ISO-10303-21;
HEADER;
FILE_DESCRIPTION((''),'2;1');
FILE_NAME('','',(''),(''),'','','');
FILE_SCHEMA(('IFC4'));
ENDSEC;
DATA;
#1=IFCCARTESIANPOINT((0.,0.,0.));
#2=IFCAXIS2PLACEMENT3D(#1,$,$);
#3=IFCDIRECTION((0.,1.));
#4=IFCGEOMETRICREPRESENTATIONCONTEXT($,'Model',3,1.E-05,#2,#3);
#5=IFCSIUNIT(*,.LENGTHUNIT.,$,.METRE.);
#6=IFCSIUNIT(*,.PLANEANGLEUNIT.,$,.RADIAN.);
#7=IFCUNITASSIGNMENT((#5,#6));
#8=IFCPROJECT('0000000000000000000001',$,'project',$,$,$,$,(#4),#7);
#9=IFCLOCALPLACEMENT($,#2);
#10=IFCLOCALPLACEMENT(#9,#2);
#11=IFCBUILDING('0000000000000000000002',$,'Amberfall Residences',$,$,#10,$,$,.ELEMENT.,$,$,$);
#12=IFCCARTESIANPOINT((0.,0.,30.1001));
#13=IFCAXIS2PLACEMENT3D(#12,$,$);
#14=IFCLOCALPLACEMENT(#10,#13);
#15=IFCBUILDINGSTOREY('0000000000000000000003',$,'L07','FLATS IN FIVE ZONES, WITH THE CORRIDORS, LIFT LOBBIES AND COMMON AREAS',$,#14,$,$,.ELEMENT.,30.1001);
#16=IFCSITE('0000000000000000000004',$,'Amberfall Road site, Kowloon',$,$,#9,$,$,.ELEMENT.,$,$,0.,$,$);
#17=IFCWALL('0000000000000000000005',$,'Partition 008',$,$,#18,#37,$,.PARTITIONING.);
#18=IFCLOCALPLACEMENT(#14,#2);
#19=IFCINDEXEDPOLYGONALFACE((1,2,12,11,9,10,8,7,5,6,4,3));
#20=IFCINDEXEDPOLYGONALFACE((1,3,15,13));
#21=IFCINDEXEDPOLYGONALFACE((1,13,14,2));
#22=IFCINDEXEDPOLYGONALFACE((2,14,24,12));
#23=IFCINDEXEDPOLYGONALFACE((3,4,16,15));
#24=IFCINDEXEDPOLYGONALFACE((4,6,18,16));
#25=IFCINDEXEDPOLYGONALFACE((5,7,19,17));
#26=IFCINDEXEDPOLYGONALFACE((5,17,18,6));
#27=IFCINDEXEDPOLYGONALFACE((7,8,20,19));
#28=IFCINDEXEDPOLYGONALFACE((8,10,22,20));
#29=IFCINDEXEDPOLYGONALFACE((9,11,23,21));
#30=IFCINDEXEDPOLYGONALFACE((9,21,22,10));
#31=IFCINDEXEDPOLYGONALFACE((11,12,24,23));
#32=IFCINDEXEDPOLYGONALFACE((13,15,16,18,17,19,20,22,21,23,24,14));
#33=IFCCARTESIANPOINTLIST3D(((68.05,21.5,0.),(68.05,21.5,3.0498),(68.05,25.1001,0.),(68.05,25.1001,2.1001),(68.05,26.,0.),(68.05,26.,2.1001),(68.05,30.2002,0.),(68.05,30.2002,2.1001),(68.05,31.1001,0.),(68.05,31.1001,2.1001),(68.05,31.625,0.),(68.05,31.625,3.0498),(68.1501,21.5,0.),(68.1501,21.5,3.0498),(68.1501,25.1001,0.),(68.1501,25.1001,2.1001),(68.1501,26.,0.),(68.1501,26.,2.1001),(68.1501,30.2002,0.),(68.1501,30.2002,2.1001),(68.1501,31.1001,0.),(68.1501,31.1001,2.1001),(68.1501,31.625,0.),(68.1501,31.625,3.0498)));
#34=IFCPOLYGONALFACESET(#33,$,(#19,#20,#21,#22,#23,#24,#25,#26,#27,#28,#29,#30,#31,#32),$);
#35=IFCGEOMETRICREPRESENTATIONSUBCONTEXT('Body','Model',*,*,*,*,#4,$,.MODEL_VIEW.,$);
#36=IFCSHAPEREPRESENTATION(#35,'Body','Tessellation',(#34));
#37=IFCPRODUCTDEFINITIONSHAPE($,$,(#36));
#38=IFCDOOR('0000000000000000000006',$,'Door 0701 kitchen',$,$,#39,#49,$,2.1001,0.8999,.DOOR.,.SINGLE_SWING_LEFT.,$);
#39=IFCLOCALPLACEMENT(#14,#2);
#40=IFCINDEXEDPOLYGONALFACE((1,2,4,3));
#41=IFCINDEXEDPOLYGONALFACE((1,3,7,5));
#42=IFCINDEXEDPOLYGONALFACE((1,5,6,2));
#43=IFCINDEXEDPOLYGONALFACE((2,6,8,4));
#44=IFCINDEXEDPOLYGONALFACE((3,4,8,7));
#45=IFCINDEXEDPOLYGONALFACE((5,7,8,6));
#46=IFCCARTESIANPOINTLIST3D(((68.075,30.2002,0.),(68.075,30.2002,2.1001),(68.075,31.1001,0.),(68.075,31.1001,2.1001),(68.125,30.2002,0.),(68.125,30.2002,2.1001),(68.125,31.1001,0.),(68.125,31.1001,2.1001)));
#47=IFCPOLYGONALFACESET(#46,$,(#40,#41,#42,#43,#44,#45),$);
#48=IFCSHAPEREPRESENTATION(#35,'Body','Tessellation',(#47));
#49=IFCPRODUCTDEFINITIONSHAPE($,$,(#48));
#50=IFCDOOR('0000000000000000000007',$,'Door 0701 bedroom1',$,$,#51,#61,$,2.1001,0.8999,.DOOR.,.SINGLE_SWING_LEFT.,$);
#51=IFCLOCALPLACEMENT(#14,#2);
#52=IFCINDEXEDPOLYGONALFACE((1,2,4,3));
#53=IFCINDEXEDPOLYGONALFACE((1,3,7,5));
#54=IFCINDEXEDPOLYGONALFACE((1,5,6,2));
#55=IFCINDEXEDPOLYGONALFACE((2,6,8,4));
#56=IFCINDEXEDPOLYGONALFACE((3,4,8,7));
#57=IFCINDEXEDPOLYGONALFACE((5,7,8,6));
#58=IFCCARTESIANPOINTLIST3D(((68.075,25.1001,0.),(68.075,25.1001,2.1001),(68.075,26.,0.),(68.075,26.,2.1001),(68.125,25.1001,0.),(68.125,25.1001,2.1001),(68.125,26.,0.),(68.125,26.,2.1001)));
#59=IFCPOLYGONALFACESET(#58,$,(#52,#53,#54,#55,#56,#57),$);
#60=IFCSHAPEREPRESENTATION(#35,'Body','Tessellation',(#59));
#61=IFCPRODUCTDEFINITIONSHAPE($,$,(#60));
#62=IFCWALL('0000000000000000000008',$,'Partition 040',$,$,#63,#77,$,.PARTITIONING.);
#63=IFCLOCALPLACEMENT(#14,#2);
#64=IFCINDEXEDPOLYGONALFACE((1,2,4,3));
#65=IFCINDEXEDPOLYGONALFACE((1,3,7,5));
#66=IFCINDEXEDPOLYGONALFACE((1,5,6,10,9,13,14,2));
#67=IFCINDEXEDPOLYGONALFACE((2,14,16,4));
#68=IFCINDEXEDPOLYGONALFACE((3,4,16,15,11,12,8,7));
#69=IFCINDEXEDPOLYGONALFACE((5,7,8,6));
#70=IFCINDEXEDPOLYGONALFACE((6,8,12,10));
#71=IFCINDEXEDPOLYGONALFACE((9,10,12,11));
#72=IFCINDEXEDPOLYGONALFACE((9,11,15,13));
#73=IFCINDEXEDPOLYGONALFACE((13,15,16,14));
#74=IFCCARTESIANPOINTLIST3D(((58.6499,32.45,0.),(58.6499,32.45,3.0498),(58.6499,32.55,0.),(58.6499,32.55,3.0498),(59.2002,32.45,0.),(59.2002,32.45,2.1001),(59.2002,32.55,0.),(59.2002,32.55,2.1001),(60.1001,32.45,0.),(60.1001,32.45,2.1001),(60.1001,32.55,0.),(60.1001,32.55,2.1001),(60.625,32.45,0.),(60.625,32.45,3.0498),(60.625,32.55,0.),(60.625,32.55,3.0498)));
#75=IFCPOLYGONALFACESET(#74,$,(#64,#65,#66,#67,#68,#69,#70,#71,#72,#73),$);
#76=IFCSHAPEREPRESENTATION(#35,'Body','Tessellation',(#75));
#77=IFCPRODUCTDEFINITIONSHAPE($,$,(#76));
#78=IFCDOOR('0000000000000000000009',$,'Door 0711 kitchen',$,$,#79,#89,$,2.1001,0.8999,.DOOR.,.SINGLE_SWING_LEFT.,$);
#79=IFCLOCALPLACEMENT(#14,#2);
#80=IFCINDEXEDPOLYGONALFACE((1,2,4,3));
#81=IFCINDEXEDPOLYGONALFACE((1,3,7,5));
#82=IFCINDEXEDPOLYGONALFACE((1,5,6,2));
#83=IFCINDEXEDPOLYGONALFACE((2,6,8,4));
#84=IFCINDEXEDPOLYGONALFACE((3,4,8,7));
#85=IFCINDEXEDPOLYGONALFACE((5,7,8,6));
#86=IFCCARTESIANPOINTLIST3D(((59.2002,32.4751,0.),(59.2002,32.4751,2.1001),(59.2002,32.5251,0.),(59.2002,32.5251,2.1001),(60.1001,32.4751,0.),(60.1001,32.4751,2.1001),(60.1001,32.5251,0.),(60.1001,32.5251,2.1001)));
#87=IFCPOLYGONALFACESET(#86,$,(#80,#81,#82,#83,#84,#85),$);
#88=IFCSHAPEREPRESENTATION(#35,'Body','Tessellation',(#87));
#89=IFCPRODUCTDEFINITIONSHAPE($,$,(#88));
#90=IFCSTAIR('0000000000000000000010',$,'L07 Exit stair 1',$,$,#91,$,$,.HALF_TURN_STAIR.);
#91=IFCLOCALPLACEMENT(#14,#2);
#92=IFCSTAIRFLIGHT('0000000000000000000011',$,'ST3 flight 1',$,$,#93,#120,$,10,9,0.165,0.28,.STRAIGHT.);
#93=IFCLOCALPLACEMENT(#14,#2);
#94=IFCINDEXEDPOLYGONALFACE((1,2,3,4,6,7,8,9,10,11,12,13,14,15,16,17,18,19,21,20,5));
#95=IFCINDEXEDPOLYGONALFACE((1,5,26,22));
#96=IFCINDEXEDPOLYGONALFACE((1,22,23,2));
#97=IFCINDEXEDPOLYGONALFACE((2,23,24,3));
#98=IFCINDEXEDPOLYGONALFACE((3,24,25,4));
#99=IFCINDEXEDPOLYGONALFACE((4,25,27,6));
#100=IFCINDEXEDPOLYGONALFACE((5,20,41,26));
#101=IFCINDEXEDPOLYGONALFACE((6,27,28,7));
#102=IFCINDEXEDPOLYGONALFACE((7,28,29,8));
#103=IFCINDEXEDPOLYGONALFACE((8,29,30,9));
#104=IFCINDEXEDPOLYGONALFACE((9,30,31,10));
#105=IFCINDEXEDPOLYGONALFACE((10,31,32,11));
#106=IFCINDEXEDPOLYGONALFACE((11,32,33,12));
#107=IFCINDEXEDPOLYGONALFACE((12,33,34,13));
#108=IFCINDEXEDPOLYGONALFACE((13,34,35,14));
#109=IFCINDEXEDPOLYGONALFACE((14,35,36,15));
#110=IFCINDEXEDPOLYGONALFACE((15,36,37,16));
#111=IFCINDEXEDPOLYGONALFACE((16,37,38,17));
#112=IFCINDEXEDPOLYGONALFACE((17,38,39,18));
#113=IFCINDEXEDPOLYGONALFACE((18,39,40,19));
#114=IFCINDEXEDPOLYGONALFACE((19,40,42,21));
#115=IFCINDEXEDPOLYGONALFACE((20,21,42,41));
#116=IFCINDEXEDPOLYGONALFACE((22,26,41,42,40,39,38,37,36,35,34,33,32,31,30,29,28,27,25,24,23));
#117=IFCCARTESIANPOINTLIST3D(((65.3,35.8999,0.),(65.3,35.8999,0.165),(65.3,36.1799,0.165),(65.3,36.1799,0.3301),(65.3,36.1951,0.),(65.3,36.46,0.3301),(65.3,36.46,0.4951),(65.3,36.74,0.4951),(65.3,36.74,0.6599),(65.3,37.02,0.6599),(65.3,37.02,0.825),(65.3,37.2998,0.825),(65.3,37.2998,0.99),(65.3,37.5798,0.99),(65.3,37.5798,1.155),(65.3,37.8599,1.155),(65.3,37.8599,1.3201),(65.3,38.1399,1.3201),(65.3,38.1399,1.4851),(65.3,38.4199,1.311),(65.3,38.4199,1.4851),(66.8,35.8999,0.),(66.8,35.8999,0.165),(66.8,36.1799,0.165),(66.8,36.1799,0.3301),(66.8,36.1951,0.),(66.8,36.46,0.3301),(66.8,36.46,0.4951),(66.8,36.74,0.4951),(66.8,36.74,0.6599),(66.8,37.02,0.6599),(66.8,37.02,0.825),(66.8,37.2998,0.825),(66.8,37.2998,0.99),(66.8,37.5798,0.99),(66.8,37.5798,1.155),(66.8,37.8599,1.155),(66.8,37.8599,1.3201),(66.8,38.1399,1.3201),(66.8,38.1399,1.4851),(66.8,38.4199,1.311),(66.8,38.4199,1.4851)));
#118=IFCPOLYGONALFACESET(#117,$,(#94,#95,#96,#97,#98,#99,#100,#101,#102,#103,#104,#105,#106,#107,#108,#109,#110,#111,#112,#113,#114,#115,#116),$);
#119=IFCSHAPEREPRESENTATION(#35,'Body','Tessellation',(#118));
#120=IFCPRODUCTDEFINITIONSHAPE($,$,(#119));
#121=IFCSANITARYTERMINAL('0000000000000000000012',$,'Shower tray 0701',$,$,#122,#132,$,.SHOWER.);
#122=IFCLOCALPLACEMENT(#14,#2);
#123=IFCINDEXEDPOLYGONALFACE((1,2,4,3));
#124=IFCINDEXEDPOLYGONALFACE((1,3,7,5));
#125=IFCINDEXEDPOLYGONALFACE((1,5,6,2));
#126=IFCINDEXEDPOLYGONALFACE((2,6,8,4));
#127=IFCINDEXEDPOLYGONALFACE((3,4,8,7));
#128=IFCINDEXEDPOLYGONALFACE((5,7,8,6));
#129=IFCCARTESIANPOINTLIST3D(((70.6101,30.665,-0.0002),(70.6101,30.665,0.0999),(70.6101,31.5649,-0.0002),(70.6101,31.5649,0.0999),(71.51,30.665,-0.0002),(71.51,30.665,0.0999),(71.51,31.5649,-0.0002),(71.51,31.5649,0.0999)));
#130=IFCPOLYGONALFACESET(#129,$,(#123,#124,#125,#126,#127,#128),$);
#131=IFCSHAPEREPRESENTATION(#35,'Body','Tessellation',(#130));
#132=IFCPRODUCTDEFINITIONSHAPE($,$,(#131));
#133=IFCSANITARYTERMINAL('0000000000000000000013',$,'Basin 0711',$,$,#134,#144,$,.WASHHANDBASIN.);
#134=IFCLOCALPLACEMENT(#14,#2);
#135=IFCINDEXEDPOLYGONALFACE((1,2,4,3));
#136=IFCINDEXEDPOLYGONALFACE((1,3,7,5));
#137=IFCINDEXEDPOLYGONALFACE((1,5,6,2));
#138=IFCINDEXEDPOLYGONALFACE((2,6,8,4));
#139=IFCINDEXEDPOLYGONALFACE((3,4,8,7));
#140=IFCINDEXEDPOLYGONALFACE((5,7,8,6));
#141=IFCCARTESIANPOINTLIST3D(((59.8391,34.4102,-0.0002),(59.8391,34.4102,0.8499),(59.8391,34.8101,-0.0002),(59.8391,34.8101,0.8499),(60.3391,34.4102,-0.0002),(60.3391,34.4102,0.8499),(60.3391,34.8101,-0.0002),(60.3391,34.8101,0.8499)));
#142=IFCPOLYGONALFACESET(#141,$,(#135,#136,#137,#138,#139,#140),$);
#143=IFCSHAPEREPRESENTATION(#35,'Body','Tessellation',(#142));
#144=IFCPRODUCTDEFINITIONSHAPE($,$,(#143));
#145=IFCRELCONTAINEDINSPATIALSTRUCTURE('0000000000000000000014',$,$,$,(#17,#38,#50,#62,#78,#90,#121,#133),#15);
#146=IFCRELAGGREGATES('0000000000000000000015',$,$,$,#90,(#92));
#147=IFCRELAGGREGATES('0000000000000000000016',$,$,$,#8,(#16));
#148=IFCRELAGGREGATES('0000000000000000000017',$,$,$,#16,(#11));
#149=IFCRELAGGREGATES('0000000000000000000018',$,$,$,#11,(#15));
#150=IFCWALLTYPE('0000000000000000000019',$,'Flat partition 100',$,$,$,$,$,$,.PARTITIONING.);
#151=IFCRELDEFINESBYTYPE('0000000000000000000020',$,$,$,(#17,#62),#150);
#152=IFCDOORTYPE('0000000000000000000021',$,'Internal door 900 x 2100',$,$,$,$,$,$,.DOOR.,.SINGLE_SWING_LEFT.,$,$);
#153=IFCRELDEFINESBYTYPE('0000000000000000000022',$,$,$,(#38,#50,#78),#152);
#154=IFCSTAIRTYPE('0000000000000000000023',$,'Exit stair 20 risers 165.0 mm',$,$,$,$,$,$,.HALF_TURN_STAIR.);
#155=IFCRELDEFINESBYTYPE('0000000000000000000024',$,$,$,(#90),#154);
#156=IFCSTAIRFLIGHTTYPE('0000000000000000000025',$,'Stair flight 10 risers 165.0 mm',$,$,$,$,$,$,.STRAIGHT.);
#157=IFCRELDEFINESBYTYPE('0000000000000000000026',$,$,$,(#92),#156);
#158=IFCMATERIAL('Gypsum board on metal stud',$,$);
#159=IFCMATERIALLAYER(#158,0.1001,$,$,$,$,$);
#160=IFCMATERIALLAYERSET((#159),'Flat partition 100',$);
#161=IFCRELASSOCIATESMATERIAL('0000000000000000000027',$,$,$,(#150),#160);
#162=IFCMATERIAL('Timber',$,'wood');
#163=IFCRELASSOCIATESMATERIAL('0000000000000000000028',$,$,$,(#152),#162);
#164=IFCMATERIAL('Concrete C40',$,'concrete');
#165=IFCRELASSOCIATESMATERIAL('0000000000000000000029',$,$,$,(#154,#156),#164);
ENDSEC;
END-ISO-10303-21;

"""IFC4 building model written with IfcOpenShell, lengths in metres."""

from ifc_helpers import new_model, si_unit, direction, frame, frame_2d, origin, origin_2d, place, context, subcontext, project, spatial, polyline, rectangle, outline, extrude, material, layer, layer_set, type_object, element, fill, aggregate, save


model = new_model("IFC4")

# Units and contexts
model_context = context("Model", 3, precision=1e-05, world=origin(), true_north=direction((0.0, 1.0)))
body_context = subcontext(model_context, "Body", "Model", "MODEL_VIEW")
ifc_project = project(units=[si_unit("LENGTHUNIT", "METRE"), si_unit("PLANEANGLEUNIT", "RADIAN")], contexts=[model_context])

# Site, building, storey
site_placement = place(None, origin())
site = spatial("IfcSite", under=ifc_project, at=site_placement, Name="Amberfall Road site, Kowloon", CompositionType="ELEMENT", RefElevation=0.0)
building_placement = place(site_placement, origin())
building = spatial("IfcBuilding", under=site, at=building_placement, Name="Amberfall Residences", CompositionType="ELEMENT")
storey_placement = place(building_placement, frame((0.0, 0.0, 30.1001)))
storey = spatial("IfcBuildingStorey", under=building, at=storey_placement, Name="L07", Description="FLATS IN FIVE ZONES, WITH THE CORRIDORS, LIFT LOBBIES AND COMMON AREAS", CompositionType="ELEMENT", Elevation=30.1001)

# Wall, openings, doors
ifc_material_1 = material(Name="Gypsum board on metal stud")
ifc_layer_1 = layer(ifc_material_1, 0.1001)
ifc_layer_set_1 = layer_set([ifc_layer_1], Name="Flat partition 100")
wall_type_1 = type_object("IfcWallType", Name="Flat partition 100", PredefinedType="PARTITIONING", material=ifc_layer_set_1)
wall_1_placement = place(storey_placement, frame((68.1001, 31.625, 0.0), z_axis=(0.0, 0.0, 1.0), x_axis=(0.0, -1.0, 0.0)))
wall_1 = element("IfcWall", 1, at=wall_1_placement, inside=storey, type_object=wall_type_1, Name="Partition 008", PredefinedType="PARTITIONING", context=body_context, shape_type="SweptSolid", body=[
    extrude(rectangle(XDim=10.125, YDim=0.1001, at=frame_2d((5.0625, 0.0))), origin(), (0.0, 0.0, 1.0), 3.0498),
])
opening_1_placement = place(wall_1_placement, frame((0.5249, 0.0, 0.0)))
opening_1 = element("IfcOpeningElement", 2, at=opening_1_placement, cuts=wall_1, PredefinedType="OPENING", context=body_context, shape_type="SweptSolid", body=[
    extrude(rectangle(XDim=0.8999, YDim=2.1001, at=frame_2d((0.45, 1.05))), frame((0.0, 0.0601, 0.0), z_axis=(0.0, -1.0, 0.0), x_axis=(1.0, 0.0, 0.0)), (0.0, 0.0, 1.0), 0.1201),
])
opening_2_placement = place(wall_1_placement, frame((5.625, 0.0, 0.0)))
opening_2 = element("IfcOpeningElement", 3, at=opening_2_placement, cuts=wall_1, PredefinedType="OPENING", context=body_context, shape_type="SweptSolid", body=[
    extrude(rectangle(XDim=0.8999, YDim=2.1001, at=frame_2d((0.45, 1.05))), frame((0.0, 0.0601, 0.0), z_axis=(0.0, -1.0, 0.0), x_axis=(1.0, 0.0, 0.0)), (0.0, 0.0, 1.0), 0.1201),
])
ifc_material_2 = material(Name="Timber", Category="wood")
door_type_1 = type_object("IfcDoorType", Name="Internal door 900 x 2100", OperationType="SINGLE_SWING_LEFT", PredefinedType="DOOR", material=ifc_material_2)
door_1_placement = place(opening_1_placement, origin())
door_1 = element("IfcDoor", 4, at=door_1_placement, inside=storey, type_object=door_type_1, Name="Door 0701 kitchen", OperationType="SINGLE_SWING_LEFT", OverallHeight=2.1001, OverallWidth=0.8999, PredefinedType="DOOR", context=body_context, shape_type="SweptSolid", body=[
    extrude(rectangle(XDim=0.8999, YDim=2.1001, at=frame_2d((0.45, 1.05))), frame((0.0, 0.0249, 0.0), z_axis=(0.0, -1.0, 0.0), x_axis=(1.0, 0.0, 0.0)), (0.0, 0.0, 1.0), 0.05),
])
fill(opening_1, door_1)
door_2_placement = place(opening_2_placement, origin())
door_2 = element("IfcDoor", 5, at=door_2_placement, inside=storey, type_object=door_type_1, Name="Door 0701 bedroom1", OperationType="SINGLE_SWING_LEFT", OverallHeight=2.1001, OverallWidth=0.8999, PredefinedType="DOOR", context=body_context, shape_type="SweptSolid", body=[
    extrude(rectangle(XDim=0.8999, YDim=2.1001, at=frame_2d((0.45, 1.05))), frame((0.0, 0.0249, 0.0), z_axis=(0.0, -1.0, 0.0), x_axis=(1.0, 0.0, 0.0)), (0.0, 0.0, 1.0), 0.05),
])
fill(opening_2, door_2)

# Wall, opening, door
wall_2_placement = place(storey_placement, frame((60.625, 32.5, 0.0), z_axis=(0.0, 0.0, 1.0), x_axis=(-1.0, 0.0, 0.0)))
wall_2 = element("IfcWall", 6, at=wall_2_placement, inside=storey, type_object=wall_type_1, Name="Partition 040", PredefinedType="PARTITIONING", context=body_context, shape_type="SweptSolid", body=[
    extrude(rectangle(XDim=1.9751, YDim=0.1001, at=frame_2d((0.9875, 0.0))), origin(), (0.0, 0.0, 1.0), 3.0498),
])
opening_3_placement = place(wall_2_placement, frame((0.5249, 0.0, 0.0)))
opening_3 = element("IfcOpeningElement", 7, at=opening_3_placement, cuts=wall_2, PredefinedType="OPENING", context=body_context, shape_type="SweptSolid", body=[
    extrude(rectangle(XDim=0.8999, YDim=2.1001, at=frame_2d((0.45, 1.05))), frame((0.0, 0.0601, 0.0), z_axis=(0.0, -1.0, 0.0), x_axis=(1.0, 0.0, 0.0)), (0.0, 0.0, 1.0), 0.1201),
])
door_3_placement = place(opening_3_placement, origin())
door_3 = element("IfcDoor", 8, at=door_3_placement, inside=storey, type_object=door_type_1, Name="Door 0711 kitchen", OperationType="SINGLE_SWING_LEFT", OverallHeight=2.1001, OverallWidth=0.8999, PredefinedType="DOOR", context=body_context, shape_type="SweptSolid", body=[
    extrude(rectangle(XDim=0.8999, YDim=2.1001, at=frame_2d((0.45, 1.05))), frame((0.0, 0.0249, 0.0), z_axis=(0.0, -1.0, 0.0), x_axis=(1.0, 0.0, 0.0)), (0.0, 0.0, 1.0), 0.05),
])
fill(opening_3, door_3)

# Stair, stair flight
ifc_material_3 = material(Name="Concrete C40", Category="concrete")
stair_type = type_object("IfcStairType", Name="Exit stair 20 risers 165.0 mm", PredefinedType="HALF_TURN_STAIR", material=ifc_material_3)
stair_placement = place(storey_placement, origin())
stair = element("IfcStair", 9, at=stair_placement, inside=storey, type_object=stair_type, Name="L07 Exit stair 1", PredefinedType="HALF_TURN_STAIR")
stair_flight_type = type_object("IfcStairFlightType", Name="Stair flight 10 risers 165.0 mm", PredefinedType="STRAIGHT", material=ifc_material_3)
stair_flight_placement = place(storey_placement, frame((66.05, 35.8999, 0.0), z_axis=(0.0, 0.0, 1.0), x_axis=(0.0, 1.0, 0.0)))
stair_flight = element("IfcStairFlight", 10, at=stair_flight_placement, type_object=stair_flight_type, Name="ST3 flight 1", NumberOfRisers=10, NumberOfTreads=9, PredefinedType="STRAIGHT", RiserHeight=0.165, TreadLength=0.28, context=body_context, shape_type="SweptSolid", body=[
    extrude(outline(polyline([(0.0, 0.0), (0.0, 0.165), (0.28, 0.165), (0.28, 0.3301), (0.5601, 0.3301), (0.5601, 0.4951), (0.8401, 0.4951), (0.8401, 0.6599), (1.1201, 0.6599), (1.1201, 0.825), (1.3999, 0.825), (1.3999, 0.99), (1.6799, 0.99), (1.6799, 1.155), (1.96, 1.155), (1.96, 1.3201), (2.24, 1.3201), (2.24, 1.4851), (2.52, 1.4851), (2.52, 1.6499), (2.52, 1.311), (0.2952, 0.0), (0.0, 0.0)])), frame((0.0, 0.75, 0.0), z_axis=(0.0, -1.0, 0.0), x_axis=(1.0, 0.0, 0.0)), (0.0, 0.0, 1.0), 1.5),
])
aggregate(stair, [stair_flight])

# Sanitary terminals
sanitary_terminal_1_placement = place(storey_placement, frame((71.0601, 31.115, -0.0002), z_axis=(0.0, 0.0, 1.0), x_axis=(1.0, 0.0, 0.0)))
element("IfcSanitaryTerminal", 11, at=sanitary_terminal_1_placement, inside=storey, Name="Shower tray 0701", PredefinedType="SHOWER", context=body_context, shape_type="SweptSolid", body=[
    extrude(rectangle(XDim=0.8999, YDim=0.8999, at=origin_2d()), origin(), (0.0, 0.0, 1.0), 0.1001),
])
sanitary_terminal_2_placement = place(storey_placement, frame((60.0891, 34.6101, -0.0002), z_axis=(0.0, 0.0, 1.0), x_axis=(1.0, 0.0, 0.0)))
element("IfcSanitaryTerminal", 12, at=sanitary_terminal_2_placement, inside=storey, Name="Basin 0711", PredefinedType="WASHHANDBASIN", context=body_context, shape_type="SweptSolid", body=[
    extrude(rectangle(XDim=0.5, YDim=0.3999, at=origin_2d()), origin(), (0.0, 0.0, 1.0), 0.8501),
])

save(model, "model.ifc")
